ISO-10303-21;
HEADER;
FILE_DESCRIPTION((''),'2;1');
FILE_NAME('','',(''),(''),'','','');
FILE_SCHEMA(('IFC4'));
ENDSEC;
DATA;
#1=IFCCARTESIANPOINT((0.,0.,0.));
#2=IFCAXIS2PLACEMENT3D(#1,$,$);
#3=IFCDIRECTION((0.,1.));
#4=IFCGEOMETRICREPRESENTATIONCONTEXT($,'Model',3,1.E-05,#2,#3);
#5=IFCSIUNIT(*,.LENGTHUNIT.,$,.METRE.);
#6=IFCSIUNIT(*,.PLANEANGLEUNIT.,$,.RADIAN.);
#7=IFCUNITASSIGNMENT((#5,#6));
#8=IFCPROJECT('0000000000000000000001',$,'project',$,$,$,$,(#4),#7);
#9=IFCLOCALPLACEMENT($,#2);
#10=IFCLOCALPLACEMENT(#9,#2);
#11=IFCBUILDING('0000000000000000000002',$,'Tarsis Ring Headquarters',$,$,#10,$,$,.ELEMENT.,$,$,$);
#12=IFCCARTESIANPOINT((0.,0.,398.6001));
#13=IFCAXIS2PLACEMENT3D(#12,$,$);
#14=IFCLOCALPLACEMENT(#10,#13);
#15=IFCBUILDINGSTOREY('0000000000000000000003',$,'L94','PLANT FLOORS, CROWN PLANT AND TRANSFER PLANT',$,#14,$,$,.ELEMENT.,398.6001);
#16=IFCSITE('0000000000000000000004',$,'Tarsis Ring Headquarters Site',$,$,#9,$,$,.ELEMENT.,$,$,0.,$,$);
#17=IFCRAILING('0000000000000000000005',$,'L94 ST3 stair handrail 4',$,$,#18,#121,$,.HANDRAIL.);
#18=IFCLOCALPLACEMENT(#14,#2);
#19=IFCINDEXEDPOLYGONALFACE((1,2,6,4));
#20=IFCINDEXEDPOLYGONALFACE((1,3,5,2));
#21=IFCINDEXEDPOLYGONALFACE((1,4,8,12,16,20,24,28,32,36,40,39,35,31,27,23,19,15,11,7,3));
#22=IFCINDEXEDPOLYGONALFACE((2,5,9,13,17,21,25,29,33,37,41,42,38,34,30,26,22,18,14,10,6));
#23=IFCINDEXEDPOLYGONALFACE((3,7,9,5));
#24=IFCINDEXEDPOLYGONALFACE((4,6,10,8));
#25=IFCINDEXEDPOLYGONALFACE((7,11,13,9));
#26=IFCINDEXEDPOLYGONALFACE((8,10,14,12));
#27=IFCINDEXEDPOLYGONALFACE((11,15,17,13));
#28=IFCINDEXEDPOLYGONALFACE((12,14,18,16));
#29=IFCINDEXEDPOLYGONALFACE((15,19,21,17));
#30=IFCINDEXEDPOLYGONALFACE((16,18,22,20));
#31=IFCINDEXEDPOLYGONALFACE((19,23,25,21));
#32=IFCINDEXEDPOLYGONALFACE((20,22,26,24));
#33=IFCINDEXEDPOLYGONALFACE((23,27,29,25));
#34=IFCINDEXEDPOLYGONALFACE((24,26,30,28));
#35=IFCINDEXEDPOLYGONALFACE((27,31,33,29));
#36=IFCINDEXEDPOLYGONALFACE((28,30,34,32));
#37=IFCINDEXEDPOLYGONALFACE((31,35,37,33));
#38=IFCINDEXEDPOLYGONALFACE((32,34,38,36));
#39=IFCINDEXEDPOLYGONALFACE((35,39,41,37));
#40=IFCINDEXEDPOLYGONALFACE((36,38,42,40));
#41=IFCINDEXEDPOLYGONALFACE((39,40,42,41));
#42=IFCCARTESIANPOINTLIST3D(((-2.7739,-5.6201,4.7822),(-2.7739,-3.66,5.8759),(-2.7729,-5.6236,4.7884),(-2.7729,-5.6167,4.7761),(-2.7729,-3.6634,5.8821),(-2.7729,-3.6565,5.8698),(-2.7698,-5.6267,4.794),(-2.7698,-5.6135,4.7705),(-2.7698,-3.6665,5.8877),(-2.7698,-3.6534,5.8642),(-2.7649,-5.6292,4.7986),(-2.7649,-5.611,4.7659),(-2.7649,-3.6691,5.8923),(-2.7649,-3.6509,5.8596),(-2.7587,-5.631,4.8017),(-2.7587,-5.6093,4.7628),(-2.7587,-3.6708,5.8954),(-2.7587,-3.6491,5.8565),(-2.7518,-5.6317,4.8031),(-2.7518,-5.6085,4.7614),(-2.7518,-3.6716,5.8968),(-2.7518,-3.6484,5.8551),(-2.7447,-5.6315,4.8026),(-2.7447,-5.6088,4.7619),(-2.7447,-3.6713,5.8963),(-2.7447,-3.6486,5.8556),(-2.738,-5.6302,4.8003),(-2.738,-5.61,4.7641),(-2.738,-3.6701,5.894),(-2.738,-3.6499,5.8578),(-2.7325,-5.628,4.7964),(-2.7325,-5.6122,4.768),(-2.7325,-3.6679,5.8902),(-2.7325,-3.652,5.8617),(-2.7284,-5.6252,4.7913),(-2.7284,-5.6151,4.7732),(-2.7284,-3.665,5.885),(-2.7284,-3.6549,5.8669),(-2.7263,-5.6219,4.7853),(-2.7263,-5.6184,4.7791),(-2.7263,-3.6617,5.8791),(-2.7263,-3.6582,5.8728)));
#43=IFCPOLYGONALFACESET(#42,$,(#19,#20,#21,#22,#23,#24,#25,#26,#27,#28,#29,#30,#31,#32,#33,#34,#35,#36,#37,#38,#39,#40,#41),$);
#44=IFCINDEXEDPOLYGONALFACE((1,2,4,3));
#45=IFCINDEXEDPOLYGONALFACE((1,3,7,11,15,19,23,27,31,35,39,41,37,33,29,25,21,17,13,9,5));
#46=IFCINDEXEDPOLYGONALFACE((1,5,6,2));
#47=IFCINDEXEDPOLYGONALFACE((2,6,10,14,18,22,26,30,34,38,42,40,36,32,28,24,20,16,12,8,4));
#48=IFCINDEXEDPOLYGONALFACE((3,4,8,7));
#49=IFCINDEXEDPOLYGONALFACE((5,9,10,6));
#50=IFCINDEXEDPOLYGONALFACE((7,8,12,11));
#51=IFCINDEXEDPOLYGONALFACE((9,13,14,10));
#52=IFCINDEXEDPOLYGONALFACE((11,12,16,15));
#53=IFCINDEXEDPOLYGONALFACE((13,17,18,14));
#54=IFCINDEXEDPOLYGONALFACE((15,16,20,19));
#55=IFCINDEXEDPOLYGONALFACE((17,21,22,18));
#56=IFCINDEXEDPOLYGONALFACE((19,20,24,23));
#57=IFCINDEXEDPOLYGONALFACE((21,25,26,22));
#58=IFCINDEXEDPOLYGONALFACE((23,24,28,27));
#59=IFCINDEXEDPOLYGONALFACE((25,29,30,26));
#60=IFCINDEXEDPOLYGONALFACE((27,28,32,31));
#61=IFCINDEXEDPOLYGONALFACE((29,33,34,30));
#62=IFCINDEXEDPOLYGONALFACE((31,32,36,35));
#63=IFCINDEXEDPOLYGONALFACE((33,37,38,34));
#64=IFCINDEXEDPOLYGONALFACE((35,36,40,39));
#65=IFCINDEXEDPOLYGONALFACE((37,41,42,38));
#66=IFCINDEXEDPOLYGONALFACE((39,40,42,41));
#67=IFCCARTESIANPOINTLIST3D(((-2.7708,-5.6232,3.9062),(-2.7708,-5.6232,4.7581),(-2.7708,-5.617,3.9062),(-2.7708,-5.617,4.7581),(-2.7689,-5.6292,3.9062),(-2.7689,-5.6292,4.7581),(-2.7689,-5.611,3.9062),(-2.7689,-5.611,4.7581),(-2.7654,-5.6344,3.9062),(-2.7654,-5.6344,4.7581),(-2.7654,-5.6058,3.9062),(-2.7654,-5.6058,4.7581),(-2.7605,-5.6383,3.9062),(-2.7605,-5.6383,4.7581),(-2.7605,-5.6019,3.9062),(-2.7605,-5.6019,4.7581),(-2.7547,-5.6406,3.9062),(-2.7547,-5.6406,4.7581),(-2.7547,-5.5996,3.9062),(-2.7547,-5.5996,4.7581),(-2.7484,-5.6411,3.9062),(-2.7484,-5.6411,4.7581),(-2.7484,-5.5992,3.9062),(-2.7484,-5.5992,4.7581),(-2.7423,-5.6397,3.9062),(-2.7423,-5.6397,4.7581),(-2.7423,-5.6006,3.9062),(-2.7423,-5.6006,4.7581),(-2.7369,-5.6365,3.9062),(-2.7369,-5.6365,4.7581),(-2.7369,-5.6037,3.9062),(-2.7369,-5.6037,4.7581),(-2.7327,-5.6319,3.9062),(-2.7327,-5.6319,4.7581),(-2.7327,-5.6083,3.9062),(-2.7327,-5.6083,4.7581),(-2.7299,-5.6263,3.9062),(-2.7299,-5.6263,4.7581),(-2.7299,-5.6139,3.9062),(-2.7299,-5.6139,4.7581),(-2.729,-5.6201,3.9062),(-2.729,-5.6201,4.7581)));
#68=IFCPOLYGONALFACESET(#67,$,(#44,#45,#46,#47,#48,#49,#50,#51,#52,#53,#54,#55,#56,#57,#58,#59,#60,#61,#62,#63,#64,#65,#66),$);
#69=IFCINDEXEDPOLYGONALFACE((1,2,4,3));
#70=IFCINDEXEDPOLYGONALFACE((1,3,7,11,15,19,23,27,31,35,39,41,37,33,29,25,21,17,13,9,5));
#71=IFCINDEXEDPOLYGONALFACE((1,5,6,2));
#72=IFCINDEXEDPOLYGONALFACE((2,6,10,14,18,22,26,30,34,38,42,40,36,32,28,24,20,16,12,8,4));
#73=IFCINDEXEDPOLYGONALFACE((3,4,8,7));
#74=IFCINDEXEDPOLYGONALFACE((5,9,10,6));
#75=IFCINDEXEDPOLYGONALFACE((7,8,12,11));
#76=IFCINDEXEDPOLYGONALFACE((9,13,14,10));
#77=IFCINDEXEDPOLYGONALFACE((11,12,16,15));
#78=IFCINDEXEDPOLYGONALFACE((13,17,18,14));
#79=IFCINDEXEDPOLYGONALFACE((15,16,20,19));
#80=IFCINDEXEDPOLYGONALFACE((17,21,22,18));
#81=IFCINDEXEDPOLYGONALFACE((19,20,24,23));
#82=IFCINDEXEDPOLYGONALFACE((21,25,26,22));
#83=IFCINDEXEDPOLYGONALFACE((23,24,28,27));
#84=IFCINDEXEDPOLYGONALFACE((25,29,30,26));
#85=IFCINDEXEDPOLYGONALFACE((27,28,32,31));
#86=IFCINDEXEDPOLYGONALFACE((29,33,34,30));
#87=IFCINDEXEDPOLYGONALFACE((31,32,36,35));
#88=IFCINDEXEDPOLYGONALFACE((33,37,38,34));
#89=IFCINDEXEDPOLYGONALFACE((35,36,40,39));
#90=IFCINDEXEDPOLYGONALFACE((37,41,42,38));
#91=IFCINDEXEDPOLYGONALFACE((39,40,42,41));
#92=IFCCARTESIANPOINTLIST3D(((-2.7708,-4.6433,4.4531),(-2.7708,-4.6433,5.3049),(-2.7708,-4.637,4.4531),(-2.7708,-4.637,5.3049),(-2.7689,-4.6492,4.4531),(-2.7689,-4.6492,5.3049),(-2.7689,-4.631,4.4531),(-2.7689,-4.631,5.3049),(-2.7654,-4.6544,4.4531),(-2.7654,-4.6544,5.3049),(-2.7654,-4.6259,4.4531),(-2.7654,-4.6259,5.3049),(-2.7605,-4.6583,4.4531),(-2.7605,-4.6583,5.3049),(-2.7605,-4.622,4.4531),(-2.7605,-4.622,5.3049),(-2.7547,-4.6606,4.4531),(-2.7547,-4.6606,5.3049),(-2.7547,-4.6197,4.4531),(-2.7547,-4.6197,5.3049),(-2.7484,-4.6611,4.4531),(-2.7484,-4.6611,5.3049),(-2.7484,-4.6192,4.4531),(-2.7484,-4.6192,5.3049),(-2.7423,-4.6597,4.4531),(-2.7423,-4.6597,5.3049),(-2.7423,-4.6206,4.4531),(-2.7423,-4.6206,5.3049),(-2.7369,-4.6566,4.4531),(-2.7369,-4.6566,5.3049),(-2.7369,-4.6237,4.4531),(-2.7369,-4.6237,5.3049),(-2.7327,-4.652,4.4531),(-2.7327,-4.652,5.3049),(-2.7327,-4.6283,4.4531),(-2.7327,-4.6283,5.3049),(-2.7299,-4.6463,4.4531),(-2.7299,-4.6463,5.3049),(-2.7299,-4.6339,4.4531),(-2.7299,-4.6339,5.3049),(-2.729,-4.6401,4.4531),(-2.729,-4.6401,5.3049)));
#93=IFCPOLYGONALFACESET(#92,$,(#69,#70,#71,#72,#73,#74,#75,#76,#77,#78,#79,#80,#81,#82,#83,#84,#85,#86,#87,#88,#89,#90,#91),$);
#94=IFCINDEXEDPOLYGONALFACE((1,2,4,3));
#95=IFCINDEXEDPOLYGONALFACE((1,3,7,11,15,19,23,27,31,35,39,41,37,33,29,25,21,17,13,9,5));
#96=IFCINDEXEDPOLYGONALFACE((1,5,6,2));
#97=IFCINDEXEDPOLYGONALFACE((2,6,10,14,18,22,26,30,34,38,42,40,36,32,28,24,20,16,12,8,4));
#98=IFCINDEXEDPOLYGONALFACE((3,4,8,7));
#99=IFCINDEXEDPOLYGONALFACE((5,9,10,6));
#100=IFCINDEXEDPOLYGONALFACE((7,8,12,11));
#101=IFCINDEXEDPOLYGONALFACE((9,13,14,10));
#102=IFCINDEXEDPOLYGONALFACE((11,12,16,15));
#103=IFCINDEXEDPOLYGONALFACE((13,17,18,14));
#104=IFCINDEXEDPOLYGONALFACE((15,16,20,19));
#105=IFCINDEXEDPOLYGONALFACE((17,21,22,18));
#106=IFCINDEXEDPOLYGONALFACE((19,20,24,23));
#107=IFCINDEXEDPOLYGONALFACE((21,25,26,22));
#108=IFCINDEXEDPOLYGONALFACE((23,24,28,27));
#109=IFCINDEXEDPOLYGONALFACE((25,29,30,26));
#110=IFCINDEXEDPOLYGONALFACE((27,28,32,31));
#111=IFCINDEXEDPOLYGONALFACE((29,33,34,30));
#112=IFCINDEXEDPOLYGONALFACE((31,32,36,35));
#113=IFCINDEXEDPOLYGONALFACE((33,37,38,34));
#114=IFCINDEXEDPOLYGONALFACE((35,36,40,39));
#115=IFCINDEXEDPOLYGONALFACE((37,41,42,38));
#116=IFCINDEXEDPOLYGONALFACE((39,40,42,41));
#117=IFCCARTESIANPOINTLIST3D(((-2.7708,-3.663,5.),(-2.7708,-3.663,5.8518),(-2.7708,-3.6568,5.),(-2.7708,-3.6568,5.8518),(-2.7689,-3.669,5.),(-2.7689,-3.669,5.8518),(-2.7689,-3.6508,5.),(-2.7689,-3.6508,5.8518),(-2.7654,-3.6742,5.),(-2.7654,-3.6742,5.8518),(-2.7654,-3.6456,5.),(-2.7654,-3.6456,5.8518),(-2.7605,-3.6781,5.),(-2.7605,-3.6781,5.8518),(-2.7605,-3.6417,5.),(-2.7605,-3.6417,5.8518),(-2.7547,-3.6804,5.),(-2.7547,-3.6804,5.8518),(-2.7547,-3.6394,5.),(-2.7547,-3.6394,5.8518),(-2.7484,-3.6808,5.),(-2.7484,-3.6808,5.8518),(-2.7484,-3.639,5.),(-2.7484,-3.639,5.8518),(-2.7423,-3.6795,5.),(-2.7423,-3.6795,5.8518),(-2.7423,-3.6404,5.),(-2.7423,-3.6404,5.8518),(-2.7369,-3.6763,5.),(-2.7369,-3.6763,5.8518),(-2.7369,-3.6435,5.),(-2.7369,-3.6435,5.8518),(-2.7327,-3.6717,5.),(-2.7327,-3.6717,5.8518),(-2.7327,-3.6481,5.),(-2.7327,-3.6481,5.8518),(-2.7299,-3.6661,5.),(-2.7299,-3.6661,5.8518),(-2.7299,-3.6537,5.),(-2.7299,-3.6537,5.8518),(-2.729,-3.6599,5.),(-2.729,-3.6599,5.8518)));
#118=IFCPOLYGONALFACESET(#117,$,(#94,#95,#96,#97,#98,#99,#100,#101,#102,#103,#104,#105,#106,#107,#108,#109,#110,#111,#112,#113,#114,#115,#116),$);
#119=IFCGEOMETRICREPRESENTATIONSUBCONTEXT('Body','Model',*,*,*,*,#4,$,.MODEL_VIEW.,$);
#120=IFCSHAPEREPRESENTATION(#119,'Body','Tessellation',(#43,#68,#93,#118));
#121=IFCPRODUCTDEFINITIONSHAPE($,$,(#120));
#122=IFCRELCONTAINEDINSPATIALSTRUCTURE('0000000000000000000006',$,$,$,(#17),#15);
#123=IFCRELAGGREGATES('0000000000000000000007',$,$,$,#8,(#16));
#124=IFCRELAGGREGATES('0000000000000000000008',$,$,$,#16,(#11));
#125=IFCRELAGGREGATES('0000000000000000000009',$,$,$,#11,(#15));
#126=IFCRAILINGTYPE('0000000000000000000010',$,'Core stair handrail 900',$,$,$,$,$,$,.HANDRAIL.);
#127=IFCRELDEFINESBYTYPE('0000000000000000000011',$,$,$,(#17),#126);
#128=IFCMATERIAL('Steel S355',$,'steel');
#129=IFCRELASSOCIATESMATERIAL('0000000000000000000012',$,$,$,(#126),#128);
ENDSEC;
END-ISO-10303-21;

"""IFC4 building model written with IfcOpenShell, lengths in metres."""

from ifc_helpers import new_model, si_unit, direction, frame, origin, origin_2d, place, context, subcontext, project, spatial, circle, extrude, material, type_object, element, save


model = new_model("IFC4")

# Units and contexts
model_context = context("Model", 3, precision=1e-05, world=origin(), true_north=direction((0.0, 1.0)))
body_context = subcontext(model_context, "Body", "Model", "MODEL_VIEW")
ifc_project = project(units=[si_unit("LENGTHUNIT", "METRE"), si_unit("PLANEANGLEUNIT", "RADIAN")], contexts=[model_context])

# Site, building, storey
site_placement = place(None, origin())
site = spatial("IfcSite", under=ifc_project, at=site_placement, Name="Tarsis Ring Headquarters Site", CompositionType="ELEMENT", RefElevation=0.0)
building_placement = place(site_placement, origin())
building = spatial("IfcBuilding", under=site, at=building_placement, Name="Tarsis Ring Headquarters", CompositionType="ELEMENT")
storey_placement = place(building_placement, frame((0.0, 0.0, 398.6001)))
storey = spatial("IfcBuildingStorey", under=building, at=storey_placement, Name="L94", Description="PLANT FLOORS, CROWN PLANT AND TRANSFER PLANT", CompositionType="ELEMENT", Elevation=398.6001)

# Shared definitions
ifc_material_1 = material(Name="Steel S355", Category="steel")

# Railing
railing_type_1 = type_object("IfcRailingType", Name="Core stair handrail 900", PredefinedType="HANDRAIL", material=ifc_material_1)
railing_1_placement = place(storey_placement, frame((-2.75, -5.6201, 3.9062)))
element("IfcRailing", 1, at=railing_1_placement, inside=storey, type_object=railing_type_1, Name="L94 ST3 stair handrail 4", PredefinedType="HANDRAIL", context=body_context, shape_type="SweptSolid", body=[
    extrude(circle(Radius=0.0239, at=origin_2d()), frame((0.0, 0.0, 0.876), z_axis=(0.0, 0.873258, 0.487258), x_axis=(-1.0, 0.0, 0.0)), (0.0, 0.0, 1.0), 2.2446),
    extrude(circle(Radius=0.021, at=origin_2d()), origin(), (0.0, 0.0, 1.0), 0.8518),
    extrude(circle(Radius=0.021, at=origin_2d()), frame((0.0, 0.98, 0.5469)), (0.0, 0.0, 1.0), 0.8518),
    extrude(circle(Radius=0.021, at=origin_2d()), frame((0.0, 1.9602, 1.0938)), (0.0, 0.0, 1.0), 0.8518),
])

save(model, "model.ifc")
